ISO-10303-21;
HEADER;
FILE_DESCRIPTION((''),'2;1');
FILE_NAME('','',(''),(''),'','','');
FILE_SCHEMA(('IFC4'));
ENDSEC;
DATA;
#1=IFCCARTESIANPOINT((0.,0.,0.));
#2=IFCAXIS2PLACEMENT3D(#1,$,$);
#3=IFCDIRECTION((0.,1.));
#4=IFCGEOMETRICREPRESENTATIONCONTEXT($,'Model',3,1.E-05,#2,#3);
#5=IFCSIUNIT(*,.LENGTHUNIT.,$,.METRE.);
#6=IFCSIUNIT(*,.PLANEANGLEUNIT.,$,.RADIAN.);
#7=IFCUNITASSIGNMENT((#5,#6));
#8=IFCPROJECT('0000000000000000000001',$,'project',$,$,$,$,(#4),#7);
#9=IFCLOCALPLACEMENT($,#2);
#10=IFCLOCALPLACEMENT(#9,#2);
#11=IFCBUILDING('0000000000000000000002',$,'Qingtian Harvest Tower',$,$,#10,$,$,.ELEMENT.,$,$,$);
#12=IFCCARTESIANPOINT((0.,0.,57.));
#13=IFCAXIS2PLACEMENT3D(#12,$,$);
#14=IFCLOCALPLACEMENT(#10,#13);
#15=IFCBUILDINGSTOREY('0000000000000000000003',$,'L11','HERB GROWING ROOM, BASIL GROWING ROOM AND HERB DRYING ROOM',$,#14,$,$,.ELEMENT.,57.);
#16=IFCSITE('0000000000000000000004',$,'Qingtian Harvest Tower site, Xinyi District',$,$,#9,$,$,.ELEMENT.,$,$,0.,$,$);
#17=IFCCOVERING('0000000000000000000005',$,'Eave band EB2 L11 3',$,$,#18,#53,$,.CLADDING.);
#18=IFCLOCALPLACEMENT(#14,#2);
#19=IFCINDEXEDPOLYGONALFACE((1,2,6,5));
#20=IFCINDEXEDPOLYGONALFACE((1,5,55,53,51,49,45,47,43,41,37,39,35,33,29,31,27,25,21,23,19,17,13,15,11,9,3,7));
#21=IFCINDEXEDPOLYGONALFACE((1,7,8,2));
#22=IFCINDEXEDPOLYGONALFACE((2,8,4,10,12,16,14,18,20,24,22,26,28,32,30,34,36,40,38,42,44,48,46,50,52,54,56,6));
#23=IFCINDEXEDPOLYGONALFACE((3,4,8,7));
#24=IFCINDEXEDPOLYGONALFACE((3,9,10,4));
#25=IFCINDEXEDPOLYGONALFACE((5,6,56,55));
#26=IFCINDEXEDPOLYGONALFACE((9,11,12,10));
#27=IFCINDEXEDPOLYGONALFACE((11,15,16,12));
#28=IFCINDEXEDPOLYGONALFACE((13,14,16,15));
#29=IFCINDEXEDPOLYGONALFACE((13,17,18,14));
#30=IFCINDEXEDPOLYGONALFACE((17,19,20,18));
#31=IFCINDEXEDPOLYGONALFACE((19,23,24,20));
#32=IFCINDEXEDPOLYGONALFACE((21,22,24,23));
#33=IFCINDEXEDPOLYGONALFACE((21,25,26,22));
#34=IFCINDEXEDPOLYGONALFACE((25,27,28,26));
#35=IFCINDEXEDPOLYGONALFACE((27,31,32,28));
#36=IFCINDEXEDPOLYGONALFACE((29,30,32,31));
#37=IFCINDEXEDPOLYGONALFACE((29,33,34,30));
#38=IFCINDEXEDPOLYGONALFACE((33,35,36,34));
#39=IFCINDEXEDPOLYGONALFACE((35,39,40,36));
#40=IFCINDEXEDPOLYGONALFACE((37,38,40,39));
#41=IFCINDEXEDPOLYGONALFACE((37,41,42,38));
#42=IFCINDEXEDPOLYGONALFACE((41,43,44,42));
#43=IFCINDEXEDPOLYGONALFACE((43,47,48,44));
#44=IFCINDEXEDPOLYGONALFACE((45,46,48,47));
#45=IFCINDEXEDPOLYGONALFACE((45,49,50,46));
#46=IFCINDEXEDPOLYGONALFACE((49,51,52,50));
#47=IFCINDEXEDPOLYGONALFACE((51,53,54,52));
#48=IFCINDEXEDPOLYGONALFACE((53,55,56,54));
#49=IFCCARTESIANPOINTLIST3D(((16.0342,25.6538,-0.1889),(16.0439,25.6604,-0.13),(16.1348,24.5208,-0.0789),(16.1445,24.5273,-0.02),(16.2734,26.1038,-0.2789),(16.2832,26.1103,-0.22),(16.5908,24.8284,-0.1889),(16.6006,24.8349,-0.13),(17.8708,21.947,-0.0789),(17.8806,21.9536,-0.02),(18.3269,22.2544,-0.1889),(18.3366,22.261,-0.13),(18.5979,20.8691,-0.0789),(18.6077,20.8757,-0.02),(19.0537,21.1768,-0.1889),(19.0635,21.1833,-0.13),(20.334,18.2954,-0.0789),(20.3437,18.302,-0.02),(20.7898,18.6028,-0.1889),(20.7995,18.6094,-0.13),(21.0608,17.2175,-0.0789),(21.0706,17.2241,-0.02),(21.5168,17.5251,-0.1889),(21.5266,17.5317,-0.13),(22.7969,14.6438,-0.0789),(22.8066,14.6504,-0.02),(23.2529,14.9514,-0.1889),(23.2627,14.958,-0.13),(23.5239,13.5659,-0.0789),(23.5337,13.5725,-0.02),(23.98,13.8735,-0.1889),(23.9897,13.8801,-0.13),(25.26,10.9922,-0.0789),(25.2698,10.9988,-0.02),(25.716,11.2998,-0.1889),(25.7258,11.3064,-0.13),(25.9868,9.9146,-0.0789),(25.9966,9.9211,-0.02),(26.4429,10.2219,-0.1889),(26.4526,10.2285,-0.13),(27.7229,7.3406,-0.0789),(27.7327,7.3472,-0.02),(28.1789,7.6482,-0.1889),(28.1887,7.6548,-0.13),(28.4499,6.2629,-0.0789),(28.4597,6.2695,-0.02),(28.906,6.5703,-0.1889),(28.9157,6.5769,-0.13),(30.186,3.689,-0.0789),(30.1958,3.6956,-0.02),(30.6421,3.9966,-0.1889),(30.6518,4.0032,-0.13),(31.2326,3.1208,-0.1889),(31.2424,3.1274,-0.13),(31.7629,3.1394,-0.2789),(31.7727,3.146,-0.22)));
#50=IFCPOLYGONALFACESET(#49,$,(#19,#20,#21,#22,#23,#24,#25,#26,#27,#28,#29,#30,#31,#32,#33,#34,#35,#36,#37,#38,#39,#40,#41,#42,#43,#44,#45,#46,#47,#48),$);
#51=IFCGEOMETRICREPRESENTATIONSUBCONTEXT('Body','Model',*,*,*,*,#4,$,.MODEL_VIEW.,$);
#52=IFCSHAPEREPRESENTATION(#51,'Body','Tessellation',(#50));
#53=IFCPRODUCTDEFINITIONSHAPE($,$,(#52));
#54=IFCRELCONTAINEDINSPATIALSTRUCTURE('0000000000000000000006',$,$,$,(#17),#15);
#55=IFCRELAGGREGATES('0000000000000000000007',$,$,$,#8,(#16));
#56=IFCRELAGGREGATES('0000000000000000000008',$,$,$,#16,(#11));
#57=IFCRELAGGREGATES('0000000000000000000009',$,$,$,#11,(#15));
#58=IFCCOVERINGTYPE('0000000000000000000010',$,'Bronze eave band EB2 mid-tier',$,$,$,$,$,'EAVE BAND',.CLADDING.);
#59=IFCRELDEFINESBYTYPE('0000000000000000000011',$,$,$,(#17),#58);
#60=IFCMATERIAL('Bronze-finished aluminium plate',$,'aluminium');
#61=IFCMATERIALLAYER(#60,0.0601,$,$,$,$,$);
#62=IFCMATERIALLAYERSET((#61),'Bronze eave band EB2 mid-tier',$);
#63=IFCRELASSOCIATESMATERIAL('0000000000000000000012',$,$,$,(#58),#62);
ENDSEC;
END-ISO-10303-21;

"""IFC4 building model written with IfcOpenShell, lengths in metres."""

from ifc_helpers import new_model, si_unit, direction, frame, origin, place, context, subcontext, project, spatial, polyline, outline, extrude, material, layer, layer_set, type_object, element, save


model = new_model("IFC4")

# Units and contexts
model_context = context("Model", 3, precision=1e-05, world=origin(), true_north=direction((0.0, 1.0)))
body_context = subcontext(model_context, "Body", "Model", "MODEL_VIEW")
ifc_project = project(units=[si_unit("LENGTHUNIT", "METRE"), si_unit("PLANEANGLEUNIT", "RADIAN")], contexts=[model_context])

# Site, building, storey
site_placement = place(None, origin())
site = spatial("IfcSite", under=ifc_project, at=site_placement, Name="Qingtian Harvest Tower site, Xinyi District", CompositionType="ELEMENT", RefElevation=0.0)
building_placement = place(site_placement, origin())
building = spatial("IfcBuilding", under=site, at=building_placement, Name="Qingtian Harvest Tower", CompositionType="ELEMENT")
storey_placement = place(building_placement, frame((0.0, 0.0, 57.0)))
storey = spatial("IfcBuildingStorey", under=building, at=storey_placement, Name="L11", Description="HERB GROWING ROOM, BASIL GROWING ROOM AND HERB DRYING ROOM", CompositionType="ELEMENT", Elevation=57.0)

# Covering
ifc_material_1 = material(Name="Bronze-finished aluminium plate", Category="aluminium")
ifc_layer_1 = layer(ifc_material_1, 0.0601)
ifc_layer_set_1 = layer_set([ifc_layer_1], Name="Bronze eave band EB2 mid-tier")
covering_type = type_object("IfcCoveringType", Name="Bronze eave band EB2 mid-tier", ElementType="EAVE BAND", PredefinedType="CLADDING", material=ifc_layer_set_1)
covering_placement = place(storey_placement, frame((16.1445, 24.5273, -0.02), z_axis=(0.162573, 0.109657, 0.980584), x_axis=(0.812938, 0.548341, -0.196098)))
element("IfcCovering", 1, at=covering_placement, inside=storey, type_object=covering_type, Name="Eave band EB2 L11 3", PredefinedType="CLADDING", context=body_context, shape_type="SweptSolid", body=[
    extrude(outline(polyline([(0.0, 0.0), (0.561, 0.0), (0.5611, 0.9956), (1.02, 1.2348), (1.0197, -26.4651), (0.5607, -26.184), (0.5608, -25.1277), (-0.0001, -25.1277), (0.0, -22.023), (0.5608, -22.0232), (0.5608, -20.723), (-0.0002, -20.723), (-0.0001, -17.6183), (0.5608, -17.6185), (0.561, -16.3185), (0.0, -16.3185), (-0.0001, -13.2139), (0.5609, -13.2139), (0.5609, -11.9138), (-0.0001, -11.9138), (-0.0001, -8.8092), (0.5609, -8.8092), (0.5607, -7.5093), (0.0001, -7.5092), (0.0, -4.4047), (0.5608, -4.4046), (0.5609, -3.1047), (0.0, -3.1045), (0.0, 0.0)])), origin(), (0.0, 0.0, -1.0), 0.0601),
])

save(model, "model.ifc")
